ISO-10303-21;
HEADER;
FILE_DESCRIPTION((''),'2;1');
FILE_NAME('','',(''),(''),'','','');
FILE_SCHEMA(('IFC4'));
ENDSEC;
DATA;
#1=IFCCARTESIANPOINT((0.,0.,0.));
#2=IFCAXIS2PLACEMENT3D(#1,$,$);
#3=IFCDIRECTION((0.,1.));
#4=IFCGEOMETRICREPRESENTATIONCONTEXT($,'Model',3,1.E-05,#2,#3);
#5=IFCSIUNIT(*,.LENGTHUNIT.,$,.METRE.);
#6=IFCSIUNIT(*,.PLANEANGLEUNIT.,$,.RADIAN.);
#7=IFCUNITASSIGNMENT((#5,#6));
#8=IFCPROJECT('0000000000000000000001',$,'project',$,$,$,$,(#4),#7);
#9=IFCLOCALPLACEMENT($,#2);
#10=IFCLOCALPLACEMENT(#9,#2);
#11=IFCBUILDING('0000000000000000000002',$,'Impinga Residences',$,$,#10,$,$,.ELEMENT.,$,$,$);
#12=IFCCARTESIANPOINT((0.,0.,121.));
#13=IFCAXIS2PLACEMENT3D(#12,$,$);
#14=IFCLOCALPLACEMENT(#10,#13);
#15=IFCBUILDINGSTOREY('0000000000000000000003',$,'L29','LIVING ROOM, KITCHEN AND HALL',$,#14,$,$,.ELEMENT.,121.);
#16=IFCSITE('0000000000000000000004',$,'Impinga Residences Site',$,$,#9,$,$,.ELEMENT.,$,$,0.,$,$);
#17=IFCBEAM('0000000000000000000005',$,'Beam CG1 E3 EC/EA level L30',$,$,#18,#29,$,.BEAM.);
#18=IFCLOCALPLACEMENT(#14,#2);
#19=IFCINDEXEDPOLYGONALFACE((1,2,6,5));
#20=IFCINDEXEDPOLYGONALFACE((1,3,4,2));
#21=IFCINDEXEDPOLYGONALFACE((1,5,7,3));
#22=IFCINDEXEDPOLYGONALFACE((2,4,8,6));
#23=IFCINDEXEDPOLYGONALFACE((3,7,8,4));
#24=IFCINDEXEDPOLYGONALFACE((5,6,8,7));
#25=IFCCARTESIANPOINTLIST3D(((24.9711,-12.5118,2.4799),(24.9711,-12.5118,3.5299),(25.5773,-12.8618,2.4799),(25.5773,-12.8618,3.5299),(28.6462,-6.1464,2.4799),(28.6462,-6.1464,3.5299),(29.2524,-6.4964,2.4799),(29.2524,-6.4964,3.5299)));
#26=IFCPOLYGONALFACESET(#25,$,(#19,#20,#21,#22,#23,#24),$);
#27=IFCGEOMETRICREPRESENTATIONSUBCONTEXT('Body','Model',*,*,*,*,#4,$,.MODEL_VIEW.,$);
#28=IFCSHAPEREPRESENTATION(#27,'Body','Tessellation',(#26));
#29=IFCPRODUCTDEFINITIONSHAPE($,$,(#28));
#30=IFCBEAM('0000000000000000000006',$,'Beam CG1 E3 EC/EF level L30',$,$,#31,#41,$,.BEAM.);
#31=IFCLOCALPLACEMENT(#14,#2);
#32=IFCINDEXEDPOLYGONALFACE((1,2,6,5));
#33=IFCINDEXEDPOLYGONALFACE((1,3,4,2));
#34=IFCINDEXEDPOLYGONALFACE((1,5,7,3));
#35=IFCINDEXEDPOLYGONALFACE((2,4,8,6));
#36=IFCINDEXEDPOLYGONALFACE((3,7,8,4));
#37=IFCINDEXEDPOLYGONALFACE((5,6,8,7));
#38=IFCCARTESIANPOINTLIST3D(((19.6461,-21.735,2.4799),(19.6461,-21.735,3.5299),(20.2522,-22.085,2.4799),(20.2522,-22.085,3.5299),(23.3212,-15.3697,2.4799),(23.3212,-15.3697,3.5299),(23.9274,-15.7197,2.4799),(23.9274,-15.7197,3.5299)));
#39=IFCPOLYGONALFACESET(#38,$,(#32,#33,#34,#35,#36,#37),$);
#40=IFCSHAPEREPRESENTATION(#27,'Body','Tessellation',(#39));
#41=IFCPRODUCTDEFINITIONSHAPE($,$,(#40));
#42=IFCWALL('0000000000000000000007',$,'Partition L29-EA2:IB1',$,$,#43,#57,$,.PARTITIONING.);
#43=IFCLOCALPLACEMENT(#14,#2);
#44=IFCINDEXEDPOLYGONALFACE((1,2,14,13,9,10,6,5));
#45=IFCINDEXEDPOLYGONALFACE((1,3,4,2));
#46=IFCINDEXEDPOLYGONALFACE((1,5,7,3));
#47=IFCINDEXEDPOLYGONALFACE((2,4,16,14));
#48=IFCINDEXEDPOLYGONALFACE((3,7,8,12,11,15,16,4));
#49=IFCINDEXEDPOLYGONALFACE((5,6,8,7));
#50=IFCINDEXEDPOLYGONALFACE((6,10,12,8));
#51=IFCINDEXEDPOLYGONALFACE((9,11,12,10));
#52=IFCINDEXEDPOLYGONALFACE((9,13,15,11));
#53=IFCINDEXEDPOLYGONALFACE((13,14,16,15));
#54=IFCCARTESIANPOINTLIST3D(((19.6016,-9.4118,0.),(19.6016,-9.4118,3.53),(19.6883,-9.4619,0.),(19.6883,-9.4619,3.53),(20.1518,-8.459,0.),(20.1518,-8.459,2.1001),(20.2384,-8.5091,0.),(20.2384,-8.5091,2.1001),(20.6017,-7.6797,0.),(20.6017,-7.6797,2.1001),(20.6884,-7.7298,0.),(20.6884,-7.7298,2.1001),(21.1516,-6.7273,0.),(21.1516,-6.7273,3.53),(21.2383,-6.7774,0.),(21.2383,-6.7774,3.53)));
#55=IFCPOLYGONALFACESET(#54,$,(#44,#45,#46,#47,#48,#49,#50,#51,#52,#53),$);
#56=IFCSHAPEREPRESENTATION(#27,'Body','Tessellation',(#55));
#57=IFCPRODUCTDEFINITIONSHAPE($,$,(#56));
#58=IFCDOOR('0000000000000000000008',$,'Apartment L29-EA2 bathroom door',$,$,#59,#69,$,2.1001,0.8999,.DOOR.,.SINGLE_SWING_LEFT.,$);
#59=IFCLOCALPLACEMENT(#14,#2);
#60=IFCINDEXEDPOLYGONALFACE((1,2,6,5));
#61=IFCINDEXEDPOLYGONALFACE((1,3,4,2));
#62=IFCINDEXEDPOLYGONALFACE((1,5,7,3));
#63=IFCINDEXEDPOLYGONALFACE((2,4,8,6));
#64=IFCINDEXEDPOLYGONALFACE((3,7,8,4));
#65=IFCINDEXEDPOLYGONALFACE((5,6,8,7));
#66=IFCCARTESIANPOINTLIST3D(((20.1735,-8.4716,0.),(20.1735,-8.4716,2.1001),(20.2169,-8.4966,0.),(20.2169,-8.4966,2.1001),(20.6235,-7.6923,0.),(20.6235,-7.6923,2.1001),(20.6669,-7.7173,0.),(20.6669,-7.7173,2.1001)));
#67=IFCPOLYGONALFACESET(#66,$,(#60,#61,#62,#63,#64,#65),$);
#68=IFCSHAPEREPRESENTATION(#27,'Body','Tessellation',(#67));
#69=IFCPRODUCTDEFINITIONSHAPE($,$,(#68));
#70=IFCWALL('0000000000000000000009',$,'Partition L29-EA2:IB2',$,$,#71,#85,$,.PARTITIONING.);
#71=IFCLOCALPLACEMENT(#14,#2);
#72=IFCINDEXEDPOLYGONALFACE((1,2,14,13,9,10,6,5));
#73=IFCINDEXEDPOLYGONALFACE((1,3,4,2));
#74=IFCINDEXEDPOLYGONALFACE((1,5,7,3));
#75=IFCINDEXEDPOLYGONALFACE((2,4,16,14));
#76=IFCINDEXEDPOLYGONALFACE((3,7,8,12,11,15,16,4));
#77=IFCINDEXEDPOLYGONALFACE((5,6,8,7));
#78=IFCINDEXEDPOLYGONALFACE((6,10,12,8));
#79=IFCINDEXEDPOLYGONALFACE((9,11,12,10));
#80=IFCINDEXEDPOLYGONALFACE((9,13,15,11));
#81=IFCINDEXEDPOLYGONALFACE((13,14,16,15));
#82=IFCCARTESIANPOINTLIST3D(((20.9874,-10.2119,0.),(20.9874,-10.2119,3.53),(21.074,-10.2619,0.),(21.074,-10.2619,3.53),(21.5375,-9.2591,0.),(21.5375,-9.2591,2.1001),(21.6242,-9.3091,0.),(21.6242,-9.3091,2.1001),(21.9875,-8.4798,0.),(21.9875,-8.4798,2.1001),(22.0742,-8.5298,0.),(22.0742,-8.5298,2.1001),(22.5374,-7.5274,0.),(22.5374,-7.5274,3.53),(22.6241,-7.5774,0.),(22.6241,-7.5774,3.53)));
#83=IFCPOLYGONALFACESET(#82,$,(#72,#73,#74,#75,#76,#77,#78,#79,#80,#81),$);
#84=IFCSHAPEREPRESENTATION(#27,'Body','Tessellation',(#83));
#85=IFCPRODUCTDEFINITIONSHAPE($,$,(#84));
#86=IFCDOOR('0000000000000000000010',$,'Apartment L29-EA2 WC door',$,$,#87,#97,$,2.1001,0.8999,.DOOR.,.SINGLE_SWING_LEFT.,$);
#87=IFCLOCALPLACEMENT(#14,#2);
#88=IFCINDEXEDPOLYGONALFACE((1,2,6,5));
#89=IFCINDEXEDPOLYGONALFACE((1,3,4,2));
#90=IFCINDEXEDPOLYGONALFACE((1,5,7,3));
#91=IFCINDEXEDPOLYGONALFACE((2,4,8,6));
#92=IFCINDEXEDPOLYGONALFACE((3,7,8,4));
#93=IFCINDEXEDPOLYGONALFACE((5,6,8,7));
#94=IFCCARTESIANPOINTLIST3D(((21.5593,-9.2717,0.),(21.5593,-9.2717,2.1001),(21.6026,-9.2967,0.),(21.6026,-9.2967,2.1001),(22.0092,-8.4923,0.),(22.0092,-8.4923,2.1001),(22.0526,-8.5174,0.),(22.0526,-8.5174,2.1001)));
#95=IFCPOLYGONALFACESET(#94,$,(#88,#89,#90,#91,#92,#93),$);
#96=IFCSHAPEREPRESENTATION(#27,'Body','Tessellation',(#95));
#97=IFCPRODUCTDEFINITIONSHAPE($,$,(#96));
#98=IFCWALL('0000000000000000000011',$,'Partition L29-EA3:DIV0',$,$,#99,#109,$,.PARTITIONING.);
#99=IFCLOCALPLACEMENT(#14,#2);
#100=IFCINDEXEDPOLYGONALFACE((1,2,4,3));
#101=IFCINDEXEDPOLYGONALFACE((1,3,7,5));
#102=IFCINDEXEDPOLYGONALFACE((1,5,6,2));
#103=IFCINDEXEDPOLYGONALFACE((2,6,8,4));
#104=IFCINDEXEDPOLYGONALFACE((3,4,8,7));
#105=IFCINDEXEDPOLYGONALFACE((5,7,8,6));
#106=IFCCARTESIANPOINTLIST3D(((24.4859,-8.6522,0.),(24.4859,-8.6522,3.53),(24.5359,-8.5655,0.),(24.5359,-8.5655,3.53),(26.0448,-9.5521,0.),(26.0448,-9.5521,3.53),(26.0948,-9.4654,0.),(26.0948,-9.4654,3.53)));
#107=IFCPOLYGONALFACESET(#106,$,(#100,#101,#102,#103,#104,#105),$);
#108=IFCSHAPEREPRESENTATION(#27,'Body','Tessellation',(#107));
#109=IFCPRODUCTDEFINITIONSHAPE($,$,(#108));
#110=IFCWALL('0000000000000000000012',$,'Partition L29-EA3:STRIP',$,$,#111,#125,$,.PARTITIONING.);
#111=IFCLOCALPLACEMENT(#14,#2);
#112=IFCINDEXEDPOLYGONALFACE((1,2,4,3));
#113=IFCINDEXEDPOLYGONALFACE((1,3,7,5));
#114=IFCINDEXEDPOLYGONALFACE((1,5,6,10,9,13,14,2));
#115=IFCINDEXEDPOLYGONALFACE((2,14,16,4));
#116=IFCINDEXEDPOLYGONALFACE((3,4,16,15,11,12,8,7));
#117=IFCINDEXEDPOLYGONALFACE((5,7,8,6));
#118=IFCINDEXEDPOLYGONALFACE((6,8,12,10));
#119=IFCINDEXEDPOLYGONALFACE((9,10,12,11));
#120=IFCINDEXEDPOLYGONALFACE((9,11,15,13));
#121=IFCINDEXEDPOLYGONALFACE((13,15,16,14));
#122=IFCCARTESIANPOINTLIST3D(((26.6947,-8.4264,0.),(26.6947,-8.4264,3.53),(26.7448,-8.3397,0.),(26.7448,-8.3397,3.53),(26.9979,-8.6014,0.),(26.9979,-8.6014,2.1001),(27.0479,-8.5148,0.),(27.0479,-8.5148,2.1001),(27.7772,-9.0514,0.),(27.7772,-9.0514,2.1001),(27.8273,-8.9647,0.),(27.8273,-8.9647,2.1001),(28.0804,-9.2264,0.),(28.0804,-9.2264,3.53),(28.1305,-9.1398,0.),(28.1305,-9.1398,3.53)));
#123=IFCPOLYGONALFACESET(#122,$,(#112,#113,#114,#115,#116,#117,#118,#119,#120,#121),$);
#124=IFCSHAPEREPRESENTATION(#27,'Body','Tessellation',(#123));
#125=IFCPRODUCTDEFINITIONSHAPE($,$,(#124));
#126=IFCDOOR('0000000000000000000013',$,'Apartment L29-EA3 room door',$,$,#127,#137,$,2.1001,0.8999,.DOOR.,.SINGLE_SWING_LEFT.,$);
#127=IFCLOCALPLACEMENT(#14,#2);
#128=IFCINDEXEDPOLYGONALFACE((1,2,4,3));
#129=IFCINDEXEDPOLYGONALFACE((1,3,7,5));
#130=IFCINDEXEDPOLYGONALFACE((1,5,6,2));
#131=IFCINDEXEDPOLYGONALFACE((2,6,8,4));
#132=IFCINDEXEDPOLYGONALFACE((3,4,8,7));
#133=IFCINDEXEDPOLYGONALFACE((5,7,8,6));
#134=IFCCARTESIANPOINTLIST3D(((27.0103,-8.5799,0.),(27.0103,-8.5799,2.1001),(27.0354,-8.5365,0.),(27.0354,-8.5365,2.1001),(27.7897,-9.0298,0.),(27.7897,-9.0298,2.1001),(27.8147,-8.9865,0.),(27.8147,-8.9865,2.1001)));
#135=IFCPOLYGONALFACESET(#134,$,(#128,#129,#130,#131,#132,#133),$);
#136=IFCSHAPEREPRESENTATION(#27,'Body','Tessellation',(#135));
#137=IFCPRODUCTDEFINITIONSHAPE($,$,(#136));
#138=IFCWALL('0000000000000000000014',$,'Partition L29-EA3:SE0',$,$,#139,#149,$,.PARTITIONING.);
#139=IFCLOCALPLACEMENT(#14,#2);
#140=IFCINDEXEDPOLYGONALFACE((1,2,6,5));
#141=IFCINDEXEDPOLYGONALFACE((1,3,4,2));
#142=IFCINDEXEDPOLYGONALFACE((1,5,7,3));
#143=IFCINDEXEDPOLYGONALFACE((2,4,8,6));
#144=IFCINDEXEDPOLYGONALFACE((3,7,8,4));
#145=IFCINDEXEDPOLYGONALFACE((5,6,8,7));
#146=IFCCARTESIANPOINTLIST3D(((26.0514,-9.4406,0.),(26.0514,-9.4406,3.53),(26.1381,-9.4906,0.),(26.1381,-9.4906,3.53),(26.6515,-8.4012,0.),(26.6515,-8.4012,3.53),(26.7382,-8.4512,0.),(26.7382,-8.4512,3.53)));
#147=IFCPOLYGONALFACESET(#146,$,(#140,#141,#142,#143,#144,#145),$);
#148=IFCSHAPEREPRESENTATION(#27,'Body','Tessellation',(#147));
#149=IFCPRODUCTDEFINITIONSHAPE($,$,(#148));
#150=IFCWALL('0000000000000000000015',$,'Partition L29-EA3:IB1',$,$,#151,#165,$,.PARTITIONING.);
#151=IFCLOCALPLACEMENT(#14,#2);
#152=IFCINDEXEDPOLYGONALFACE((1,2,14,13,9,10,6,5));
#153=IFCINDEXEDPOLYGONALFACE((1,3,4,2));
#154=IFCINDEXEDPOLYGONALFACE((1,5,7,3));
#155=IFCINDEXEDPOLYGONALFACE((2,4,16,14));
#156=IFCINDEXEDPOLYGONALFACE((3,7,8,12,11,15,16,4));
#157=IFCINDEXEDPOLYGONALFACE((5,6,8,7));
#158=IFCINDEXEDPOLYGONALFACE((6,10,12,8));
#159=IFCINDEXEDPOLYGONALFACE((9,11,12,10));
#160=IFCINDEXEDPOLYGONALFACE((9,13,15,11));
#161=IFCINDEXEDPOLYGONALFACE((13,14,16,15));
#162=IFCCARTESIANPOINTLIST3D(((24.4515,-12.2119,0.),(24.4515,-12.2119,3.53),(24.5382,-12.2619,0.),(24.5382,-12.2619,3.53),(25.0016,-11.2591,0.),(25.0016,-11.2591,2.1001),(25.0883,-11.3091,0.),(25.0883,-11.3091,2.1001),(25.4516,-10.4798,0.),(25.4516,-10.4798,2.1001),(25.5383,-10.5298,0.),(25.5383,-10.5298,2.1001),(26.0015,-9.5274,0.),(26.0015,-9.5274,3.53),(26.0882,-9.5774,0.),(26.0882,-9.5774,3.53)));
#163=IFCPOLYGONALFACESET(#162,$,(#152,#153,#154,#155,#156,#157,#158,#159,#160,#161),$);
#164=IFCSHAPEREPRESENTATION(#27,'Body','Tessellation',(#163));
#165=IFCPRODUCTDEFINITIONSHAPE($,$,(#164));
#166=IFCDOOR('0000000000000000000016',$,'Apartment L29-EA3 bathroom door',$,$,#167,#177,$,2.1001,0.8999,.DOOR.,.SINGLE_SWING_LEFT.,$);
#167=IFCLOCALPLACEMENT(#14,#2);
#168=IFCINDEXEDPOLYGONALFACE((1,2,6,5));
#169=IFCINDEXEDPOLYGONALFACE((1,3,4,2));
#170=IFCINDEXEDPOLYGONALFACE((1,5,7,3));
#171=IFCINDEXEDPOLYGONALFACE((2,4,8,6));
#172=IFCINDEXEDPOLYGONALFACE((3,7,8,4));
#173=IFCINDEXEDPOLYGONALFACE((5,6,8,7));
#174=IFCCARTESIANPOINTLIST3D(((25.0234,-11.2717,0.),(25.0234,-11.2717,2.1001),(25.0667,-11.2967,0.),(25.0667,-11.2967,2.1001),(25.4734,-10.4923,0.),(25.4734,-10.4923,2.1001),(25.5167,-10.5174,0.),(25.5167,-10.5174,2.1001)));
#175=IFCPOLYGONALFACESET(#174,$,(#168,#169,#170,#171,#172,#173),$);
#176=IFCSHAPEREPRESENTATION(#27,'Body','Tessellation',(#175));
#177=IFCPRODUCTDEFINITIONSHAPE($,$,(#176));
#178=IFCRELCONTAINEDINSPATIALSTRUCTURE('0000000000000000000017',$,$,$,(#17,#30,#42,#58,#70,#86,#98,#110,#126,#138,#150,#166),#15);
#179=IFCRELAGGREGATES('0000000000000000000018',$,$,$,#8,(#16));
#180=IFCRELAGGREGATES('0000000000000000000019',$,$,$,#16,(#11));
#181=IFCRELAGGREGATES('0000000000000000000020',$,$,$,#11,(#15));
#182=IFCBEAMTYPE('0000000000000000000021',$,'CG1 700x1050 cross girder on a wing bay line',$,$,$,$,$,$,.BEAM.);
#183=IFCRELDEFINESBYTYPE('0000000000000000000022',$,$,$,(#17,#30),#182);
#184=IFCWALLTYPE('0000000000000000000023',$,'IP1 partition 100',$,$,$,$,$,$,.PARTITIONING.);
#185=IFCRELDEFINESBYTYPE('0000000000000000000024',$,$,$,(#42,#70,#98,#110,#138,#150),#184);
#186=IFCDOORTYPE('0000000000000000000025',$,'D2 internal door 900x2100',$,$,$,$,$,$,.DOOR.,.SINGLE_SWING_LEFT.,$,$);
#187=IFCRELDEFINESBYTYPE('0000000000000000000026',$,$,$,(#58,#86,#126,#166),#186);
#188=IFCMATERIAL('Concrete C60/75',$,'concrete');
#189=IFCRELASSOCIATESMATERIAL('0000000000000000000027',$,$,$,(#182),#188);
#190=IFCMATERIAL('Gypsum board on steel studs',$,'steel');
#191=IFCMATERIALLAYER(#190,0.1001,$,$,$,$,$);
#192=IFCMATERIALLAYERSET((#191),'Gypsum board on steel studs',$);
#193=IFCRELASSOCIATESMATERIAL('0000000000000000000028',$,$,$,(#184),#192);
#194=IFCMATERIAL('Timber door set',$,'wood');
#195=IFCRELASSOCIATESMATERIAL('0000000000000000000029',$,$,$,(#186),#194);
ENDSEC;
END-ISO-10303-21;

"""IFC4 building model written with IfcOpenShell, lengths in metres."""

from ifc_helpers import new_model, si_unit, direction, frame, frame_2d, origin, origin_2d, place, context, subcontext, project, spatial, rectangle, extrude, material, layer, layer_set, material_profile, profile_set, type_object, element, fill, save


model = new_model("IFC4")

# Units and contexts
model_context = context("Model", 3, precision=1e-05, world=origin(), true_north=direction((0.0, 1.0)))
body_context = subcontext(model_context, "Body", "Model", "MODEL_VIEW")
ifc_project = project(units=[si_unit("LENGTHUNIT", "METRE"), si_unit("PLANEANGLEUNIT", "RADIAN")], contexts=[model_context])

# Site, building, storey
site_placement = place(None, origin())
site = spatial("IfcSite", under=ifc_project, at=site_placement, Name="Impinga Residences Site", CompositionType="ELEMENT", RefElevation=0.0)
building_placement = place(site_placement, origin())
building = spatial("IfcBuilding", under=site, at=building_placement, Name="Impinga Residences", CompositionType="ELEMENT")
storey_placement = place(building_placement, frame((0.0, 0.0, 121.0)))
storey = spatial("IfcBuildingStorey", under=building, at=storey_placement, Name="L29", Description="LIVING ROOM, KITCHEN AND HALL", CompositionType="ELEMENT", Elevation=121.0)

# Beams
ifc_material_1 = material(Name="Concrete C60/75", Category="concrete")
ifc_material_profile = material_profile(ifc_material_1, rectangle(XDim=0.7, YDim=1.05, at=origin_2d()), Name="RC 700x1050")
ifc_profile_set = profile_set([ifc_material_profile], Name="Concrete C60/75")
beam_type = type_object("IfcBeamType", Name="CG1 700x1050 cross girder on a wing bay line", PredefinedType="BEAM", material=ifc_profile_set)
for number, where, z_axis, x_axis, name in (
    (1, (25.2742, -12.6868, 3.0049), (0.500008, 0.866021, 0.0), (-0.866021, 0.500008, 0.0), "Beam CG1 E3 EC/EA level L30"),
    (2, (23.6243, -15.5447, 3.0049), (-0.500008, -0.866021, 0.0), (0.866021, -0.500008, 0.0), "Beam CG1 E3 EC/EF level L30"),
):
    element("IfcBeam", number, at=place(storey_placement, frame(where, z_axis=z_axis, x_axis=x_axis)), inside=storey, type_object=beam_type, Name=name, PredefinedType="BEAM", context=body_context, shape_type="SweptSolid", body=[
        extrude(rectangle(XDim=0.7, YDim=1.05, at=origin_2d()), origin(), (0.0, 0.0, 1.0), 7.3501),
    ])

# Walls, openings, doors
ifc_material_2 = material(Name="Gypsum board on steel studs", Category="steel")
ifc_layer_1 = layer(ifc_material_2, 0.1001)
ifc_layer_set_1 = layer_set([ifc_layer_1], Name="Gypsum board on steel studs")
wall_type_1 = type_object("IfcWallType", Name="IP1 partition 100", PredefinedType="PARTITIONING", material=ifc_layer_set_1)
wall_1_placement = place(storey_placement, frame((19.645, -9.4368, 0.0), z_axis=(0.0, 0.0, 1.0), x_axis=(0.500027, 0.86601, 0.0)))
wall_1 = element("IfcWall", 3, at=wall_1_placement, inside=storey, type_object=wall_type_1, Name="Partition L29-EA2:IB1", PredefinedType="PARTITIONING", context=body_context, shape_type="SweptSolid", body=[
    extrude(rectangle(XDim=3.0999, YDim=0.1001, at=frame_2d((1.5498, 0.0))), origin(), (0.0, 0.0, 1.0), 3.53),
])
opening_1_placement = place(wall_1_placement, frame((1.1001, 0.0, 0.0)))
opening_1 = element("IfcOpeningElement", 4, at=opening_1_placement, cuts=wall_1, PredefinedType="OPENING", context=body_context, shape_type="SweptSolid", body=[
    extrude(rectangle(XDim=0.8999, YDim=2.1001, at=frame_2d((0.45, 1.05))), frame((0.0, 0.0601, 0.0), z_axis=(0.0, -1.0, 0.0), x_axis=(1.0, 0.0, 0.0)), (0.0, 0.0, 1.0), 0.1201),
])
ifc_material_3 = material(Name="Timber door set", Category="wood")
door_type = type_object("IfcDoorType", Name="D2 internal door 900x2100", OperationType="SINGLE_SWING_LEFT", PredefinedType="DOOR", material=ifc_material_3)
door_1_placement = place(opening_1_placement, origin())
door_1 = element("IfcDoor", 5, at=door_1_placement, inside=storey, type_object=door_type, Name="Apartment L29-EA2 bathroom door", OperationType="SINGLE_SWING_LEFT", OverallHeight=2.1001, OverallWidth=0.8999, PredefinedType="DOOR", context=body_context, shape_type="SweptSolid", body=[
    extrude(rectangle(XDim=0.8999, YDim=2.1001, at=frame_2d((0.45, 1.05))), frame((0.0, 0.0249, 0.0), z_axis=(0.0, -1.0, 0.0), x_axis=(1.0, 0.0, 0.0)), (0.0, 0.0, 1.0), 0.05),
])
fill(opening_1, door_1)
wall_2_placement = place(storey_placement, frame((21.0308, -10.2368, 0.0), z_axis=(0.0, 0.0, 1.0), x_axis=(0.500027, 0.86601, 0.0)))
wall_2 = element("IfcWall", 6, at=wall_2_placement, inside=storey, type_object=wall_type_1, Name="Partition L29-EA2:IB2", PredefinedType="PARTITIONING", context=body_context, shape_type="SweptSolid", body=[
    extrude(rectangle(XDim=3.0999, YDim=0.1001, at=frame_2d((1.5498, 0.0))), origin(), (0.0, 0.0, 1.0), 3.53),
])
opening_2_placement = place(wall_2_placement, frame((1.1001, 0.0, 0.0)))
opening_2 = element("IfcOpeningElement", 7, at=opening_2_placement, cuts=wall_2, PredefinedType="OPENING", context=body_context, shape_type="SweptSolid", body=[
    extrude(rectangle(XDim=0.8999, YDim=2.1001, at=frame_2d((0.45, 1.05))), frame((0.0, 0.0601, 0.0), z_axis=(0.0, -1.0, 0.0), x_axis=(1.0, 0.0, 0.0)), (0.0, 0.0, 1.0), 0.1201),
])
door_2_placement = place(opening_2_placement, origin())
door_2 = element("IfcDoor", 8, at=door_2_placement, inside=storey, type_object=door_type, Name="Apartment L29-EA2 WC door", OperationType="SINGLE_SWING_LEFT", OverallHeight=2.1001, OverallWidth=0.8999, PredefinedType="DOOR", context=body_context, shape_type="SweptSolid", body=[
    extrude(rectangle(XDim=0.8999, YDim=2.1001, at=frame_2d((0.45, 1.05))), frame((0.0, 0.0249, 0.0), z_axis=(0.0, -1.0, 0.0), x_axis=(1.0, 0.0, 0.0)), (0.0, 0.0, 1.0), 0.05),
])
fill(opening_2, door_2)

# Wall
wall_3_placement = place(storey_placement, frame((24.511, -8.6089, 0.0), z_axis=(0.0, 0.0, 1.0), x_axis=(0.866048, -0.499961, 0.0)))
element("IfcWall", 9, at=wall_3_placement, inside=storey, type_object=wall_type_1, Name="Partition L29-EA3:DIV0", PredefinedType="PARTITIONING", context=body_context, shape_type="SweptSolid", body=[
    extrude(rectangle(XDim=1.8, YDim=0.1001, at=frame_2d((0.8999, 0.0))), origin(), (0.0, 0.0, 1.0), 3.53),
])

# Wall, opening, door
wall_4_placement = place(storey_placement, frame((26.7197, -8.3831, 0.0), z_axis=(0.0, 0.0, 1.0), x_axis=(0.866028, -0.499995, 0.0)))
wall_4 = element("IfcWall", 10, at=wall_4_placement, inside=storey, type_object=wall_type_1, Name="Partition L29-EA3:STRIP", PredefinedType="PARTITIONING", context=body_context, shape_type="SweptSolid", body=[
    extrude(rectangle(XDim=1.6001, YDim=0.1001, at=frame_2d((0.8, 0.0))), origin(), (0.0, 0.0, 1.0), 3.53),
])
opening_3_placement = place(wall_4_placement, frame((0.3501, 0.0, 0.0)))
opening_3 = element("IfcOpeningElement", 11, at=opening_3_placement, cuts=wall_4, PredefinedType="OPENING", context=body_context, shape_type="SweptSolid", body=[
    extrude(rectangle(XDim=0.8999, YDim=2.1001, at=frame_2d((0.45, 1.05))), frame((0.0, 0.0601, 0.0), z_axis=(0.0, -1.0, 0.0), x_axis=(1.0, 0.0, 0.0)), (0.0, 0.0, 1.0), 0.1201),
])
door_3_placement = place(opening_3_placement, origin())
door_3 = element("IfcDoor", 12, at=door_3_placement, inside=storey, type_object=door_type, Name="Apartment L29-EA3 room door", OperationType="SINGLE_SWING_LEFT", OverallHeight=2.1001, OverallWidth=0.8999, PredefinedType="DOOR", context=body_context, shape_type="SweptSolid", body=[
    extrude(rectangle(XDim=0.8999, YDim=2.1001, at=frame_2d((0.45, 1.05))), frame((0.0, 0.0249, 0.0), z_axis=(0.0, -1.0, 0.0), x_axis=(1.0, 0.0, 0.0)), (0.0, 0.0, 1.0), 0.05),
])
fill(opening_3, door_3)

# Wall
wall_5_placement = place(storey_placement, frame((26.0947, -9.4656, 0.0), z_axis=(0.0, 0.0, 1.0), x_axis=(0.500034, 0.866006, 0.0)))
element("IfcWall", 13, at=wall_5_placement, inside=storey, type_object=wall_type_1, Name="Partition L29-EA3:SE0", PredefinedType="PARTITIONING", context=body_context, shape_type="SweptSolid", body=[
    extrude(rectangle(XDim=1.2002, YDim=0.1001, at=frame_2d((0.6001, 0.0))), origin(), (0.0, 0.0, 1.0), 3.53),
])

# Wall, opening, door
wall_6_placement = place(storey_placement, frame((24.4949, -12.2368, 0.0), z_axis=(0.0, 0.0, 1.0), x_axis=(0.500027, 0.86601, 0.0)))
wall_6 = element("IfcWall", 14, at=wall_6_placement, inside=storey, type_object=wall_type_1, Name="Partition L29-EA3:IB1", PredefinedType="PARTITIONING", context=body_context, shape_type="SweptSolid", body=[
    extrude(rectangle(XDim=3.0999, YDim=0.1001, at=frame_2d((1.5498, 0.0))), origin(), (0.0, 0.0, 1.0), 3.53),
])
opening_4_placement = place(wall_6_placement, frame((1.1001, 0.0, 0.0)))
opening_4 = element("IfcOpeningElement", 15, at=opening_4_placement, cuts=wall_6, PredefinedType="OPENING", context=body_context, shape_type="SweptSolid", body=[
    extrude(rectangle(XDim=0.8999, YDim=2.1001, at=frame_2d((0.45, 1.05))), frame((0.0, 0.0601, 0.0), z_axis=(0.0, -1.0, 0.0), x_axis=(1.0, 0.0, 0.0)), (0.0, 0.0, 1.0), 0.1201),
])
door_4_placement = place(opening_4_placement, origin())
door_4 = element("IfcDoor", 16, at=door_4_placement, inside=storey, type_object=door_type, Name="Apartment L29-EA3 bathroom door", OperationType="SINGLE_SWING_LEFT", OverallHeight=2.1001, OverallWidth=0.8999, PredefinedType="DOOR", context=body_context, shape_type="SweptSolid", body=[
    extrude(rectangle(XDim=0.8999, YDim=2.1001, at=frame_2d((0.45, 1.05))), frame((0.0, 0.0249, 0.0), z_axis=(0.0, -1.0, 0.0), x_axis=(1.0, 0.0, 0.0)), (0.0, 0.0, 1.0), 0.05),
])
fill(opening_4, door_4)

save(model, "model.ifc")
